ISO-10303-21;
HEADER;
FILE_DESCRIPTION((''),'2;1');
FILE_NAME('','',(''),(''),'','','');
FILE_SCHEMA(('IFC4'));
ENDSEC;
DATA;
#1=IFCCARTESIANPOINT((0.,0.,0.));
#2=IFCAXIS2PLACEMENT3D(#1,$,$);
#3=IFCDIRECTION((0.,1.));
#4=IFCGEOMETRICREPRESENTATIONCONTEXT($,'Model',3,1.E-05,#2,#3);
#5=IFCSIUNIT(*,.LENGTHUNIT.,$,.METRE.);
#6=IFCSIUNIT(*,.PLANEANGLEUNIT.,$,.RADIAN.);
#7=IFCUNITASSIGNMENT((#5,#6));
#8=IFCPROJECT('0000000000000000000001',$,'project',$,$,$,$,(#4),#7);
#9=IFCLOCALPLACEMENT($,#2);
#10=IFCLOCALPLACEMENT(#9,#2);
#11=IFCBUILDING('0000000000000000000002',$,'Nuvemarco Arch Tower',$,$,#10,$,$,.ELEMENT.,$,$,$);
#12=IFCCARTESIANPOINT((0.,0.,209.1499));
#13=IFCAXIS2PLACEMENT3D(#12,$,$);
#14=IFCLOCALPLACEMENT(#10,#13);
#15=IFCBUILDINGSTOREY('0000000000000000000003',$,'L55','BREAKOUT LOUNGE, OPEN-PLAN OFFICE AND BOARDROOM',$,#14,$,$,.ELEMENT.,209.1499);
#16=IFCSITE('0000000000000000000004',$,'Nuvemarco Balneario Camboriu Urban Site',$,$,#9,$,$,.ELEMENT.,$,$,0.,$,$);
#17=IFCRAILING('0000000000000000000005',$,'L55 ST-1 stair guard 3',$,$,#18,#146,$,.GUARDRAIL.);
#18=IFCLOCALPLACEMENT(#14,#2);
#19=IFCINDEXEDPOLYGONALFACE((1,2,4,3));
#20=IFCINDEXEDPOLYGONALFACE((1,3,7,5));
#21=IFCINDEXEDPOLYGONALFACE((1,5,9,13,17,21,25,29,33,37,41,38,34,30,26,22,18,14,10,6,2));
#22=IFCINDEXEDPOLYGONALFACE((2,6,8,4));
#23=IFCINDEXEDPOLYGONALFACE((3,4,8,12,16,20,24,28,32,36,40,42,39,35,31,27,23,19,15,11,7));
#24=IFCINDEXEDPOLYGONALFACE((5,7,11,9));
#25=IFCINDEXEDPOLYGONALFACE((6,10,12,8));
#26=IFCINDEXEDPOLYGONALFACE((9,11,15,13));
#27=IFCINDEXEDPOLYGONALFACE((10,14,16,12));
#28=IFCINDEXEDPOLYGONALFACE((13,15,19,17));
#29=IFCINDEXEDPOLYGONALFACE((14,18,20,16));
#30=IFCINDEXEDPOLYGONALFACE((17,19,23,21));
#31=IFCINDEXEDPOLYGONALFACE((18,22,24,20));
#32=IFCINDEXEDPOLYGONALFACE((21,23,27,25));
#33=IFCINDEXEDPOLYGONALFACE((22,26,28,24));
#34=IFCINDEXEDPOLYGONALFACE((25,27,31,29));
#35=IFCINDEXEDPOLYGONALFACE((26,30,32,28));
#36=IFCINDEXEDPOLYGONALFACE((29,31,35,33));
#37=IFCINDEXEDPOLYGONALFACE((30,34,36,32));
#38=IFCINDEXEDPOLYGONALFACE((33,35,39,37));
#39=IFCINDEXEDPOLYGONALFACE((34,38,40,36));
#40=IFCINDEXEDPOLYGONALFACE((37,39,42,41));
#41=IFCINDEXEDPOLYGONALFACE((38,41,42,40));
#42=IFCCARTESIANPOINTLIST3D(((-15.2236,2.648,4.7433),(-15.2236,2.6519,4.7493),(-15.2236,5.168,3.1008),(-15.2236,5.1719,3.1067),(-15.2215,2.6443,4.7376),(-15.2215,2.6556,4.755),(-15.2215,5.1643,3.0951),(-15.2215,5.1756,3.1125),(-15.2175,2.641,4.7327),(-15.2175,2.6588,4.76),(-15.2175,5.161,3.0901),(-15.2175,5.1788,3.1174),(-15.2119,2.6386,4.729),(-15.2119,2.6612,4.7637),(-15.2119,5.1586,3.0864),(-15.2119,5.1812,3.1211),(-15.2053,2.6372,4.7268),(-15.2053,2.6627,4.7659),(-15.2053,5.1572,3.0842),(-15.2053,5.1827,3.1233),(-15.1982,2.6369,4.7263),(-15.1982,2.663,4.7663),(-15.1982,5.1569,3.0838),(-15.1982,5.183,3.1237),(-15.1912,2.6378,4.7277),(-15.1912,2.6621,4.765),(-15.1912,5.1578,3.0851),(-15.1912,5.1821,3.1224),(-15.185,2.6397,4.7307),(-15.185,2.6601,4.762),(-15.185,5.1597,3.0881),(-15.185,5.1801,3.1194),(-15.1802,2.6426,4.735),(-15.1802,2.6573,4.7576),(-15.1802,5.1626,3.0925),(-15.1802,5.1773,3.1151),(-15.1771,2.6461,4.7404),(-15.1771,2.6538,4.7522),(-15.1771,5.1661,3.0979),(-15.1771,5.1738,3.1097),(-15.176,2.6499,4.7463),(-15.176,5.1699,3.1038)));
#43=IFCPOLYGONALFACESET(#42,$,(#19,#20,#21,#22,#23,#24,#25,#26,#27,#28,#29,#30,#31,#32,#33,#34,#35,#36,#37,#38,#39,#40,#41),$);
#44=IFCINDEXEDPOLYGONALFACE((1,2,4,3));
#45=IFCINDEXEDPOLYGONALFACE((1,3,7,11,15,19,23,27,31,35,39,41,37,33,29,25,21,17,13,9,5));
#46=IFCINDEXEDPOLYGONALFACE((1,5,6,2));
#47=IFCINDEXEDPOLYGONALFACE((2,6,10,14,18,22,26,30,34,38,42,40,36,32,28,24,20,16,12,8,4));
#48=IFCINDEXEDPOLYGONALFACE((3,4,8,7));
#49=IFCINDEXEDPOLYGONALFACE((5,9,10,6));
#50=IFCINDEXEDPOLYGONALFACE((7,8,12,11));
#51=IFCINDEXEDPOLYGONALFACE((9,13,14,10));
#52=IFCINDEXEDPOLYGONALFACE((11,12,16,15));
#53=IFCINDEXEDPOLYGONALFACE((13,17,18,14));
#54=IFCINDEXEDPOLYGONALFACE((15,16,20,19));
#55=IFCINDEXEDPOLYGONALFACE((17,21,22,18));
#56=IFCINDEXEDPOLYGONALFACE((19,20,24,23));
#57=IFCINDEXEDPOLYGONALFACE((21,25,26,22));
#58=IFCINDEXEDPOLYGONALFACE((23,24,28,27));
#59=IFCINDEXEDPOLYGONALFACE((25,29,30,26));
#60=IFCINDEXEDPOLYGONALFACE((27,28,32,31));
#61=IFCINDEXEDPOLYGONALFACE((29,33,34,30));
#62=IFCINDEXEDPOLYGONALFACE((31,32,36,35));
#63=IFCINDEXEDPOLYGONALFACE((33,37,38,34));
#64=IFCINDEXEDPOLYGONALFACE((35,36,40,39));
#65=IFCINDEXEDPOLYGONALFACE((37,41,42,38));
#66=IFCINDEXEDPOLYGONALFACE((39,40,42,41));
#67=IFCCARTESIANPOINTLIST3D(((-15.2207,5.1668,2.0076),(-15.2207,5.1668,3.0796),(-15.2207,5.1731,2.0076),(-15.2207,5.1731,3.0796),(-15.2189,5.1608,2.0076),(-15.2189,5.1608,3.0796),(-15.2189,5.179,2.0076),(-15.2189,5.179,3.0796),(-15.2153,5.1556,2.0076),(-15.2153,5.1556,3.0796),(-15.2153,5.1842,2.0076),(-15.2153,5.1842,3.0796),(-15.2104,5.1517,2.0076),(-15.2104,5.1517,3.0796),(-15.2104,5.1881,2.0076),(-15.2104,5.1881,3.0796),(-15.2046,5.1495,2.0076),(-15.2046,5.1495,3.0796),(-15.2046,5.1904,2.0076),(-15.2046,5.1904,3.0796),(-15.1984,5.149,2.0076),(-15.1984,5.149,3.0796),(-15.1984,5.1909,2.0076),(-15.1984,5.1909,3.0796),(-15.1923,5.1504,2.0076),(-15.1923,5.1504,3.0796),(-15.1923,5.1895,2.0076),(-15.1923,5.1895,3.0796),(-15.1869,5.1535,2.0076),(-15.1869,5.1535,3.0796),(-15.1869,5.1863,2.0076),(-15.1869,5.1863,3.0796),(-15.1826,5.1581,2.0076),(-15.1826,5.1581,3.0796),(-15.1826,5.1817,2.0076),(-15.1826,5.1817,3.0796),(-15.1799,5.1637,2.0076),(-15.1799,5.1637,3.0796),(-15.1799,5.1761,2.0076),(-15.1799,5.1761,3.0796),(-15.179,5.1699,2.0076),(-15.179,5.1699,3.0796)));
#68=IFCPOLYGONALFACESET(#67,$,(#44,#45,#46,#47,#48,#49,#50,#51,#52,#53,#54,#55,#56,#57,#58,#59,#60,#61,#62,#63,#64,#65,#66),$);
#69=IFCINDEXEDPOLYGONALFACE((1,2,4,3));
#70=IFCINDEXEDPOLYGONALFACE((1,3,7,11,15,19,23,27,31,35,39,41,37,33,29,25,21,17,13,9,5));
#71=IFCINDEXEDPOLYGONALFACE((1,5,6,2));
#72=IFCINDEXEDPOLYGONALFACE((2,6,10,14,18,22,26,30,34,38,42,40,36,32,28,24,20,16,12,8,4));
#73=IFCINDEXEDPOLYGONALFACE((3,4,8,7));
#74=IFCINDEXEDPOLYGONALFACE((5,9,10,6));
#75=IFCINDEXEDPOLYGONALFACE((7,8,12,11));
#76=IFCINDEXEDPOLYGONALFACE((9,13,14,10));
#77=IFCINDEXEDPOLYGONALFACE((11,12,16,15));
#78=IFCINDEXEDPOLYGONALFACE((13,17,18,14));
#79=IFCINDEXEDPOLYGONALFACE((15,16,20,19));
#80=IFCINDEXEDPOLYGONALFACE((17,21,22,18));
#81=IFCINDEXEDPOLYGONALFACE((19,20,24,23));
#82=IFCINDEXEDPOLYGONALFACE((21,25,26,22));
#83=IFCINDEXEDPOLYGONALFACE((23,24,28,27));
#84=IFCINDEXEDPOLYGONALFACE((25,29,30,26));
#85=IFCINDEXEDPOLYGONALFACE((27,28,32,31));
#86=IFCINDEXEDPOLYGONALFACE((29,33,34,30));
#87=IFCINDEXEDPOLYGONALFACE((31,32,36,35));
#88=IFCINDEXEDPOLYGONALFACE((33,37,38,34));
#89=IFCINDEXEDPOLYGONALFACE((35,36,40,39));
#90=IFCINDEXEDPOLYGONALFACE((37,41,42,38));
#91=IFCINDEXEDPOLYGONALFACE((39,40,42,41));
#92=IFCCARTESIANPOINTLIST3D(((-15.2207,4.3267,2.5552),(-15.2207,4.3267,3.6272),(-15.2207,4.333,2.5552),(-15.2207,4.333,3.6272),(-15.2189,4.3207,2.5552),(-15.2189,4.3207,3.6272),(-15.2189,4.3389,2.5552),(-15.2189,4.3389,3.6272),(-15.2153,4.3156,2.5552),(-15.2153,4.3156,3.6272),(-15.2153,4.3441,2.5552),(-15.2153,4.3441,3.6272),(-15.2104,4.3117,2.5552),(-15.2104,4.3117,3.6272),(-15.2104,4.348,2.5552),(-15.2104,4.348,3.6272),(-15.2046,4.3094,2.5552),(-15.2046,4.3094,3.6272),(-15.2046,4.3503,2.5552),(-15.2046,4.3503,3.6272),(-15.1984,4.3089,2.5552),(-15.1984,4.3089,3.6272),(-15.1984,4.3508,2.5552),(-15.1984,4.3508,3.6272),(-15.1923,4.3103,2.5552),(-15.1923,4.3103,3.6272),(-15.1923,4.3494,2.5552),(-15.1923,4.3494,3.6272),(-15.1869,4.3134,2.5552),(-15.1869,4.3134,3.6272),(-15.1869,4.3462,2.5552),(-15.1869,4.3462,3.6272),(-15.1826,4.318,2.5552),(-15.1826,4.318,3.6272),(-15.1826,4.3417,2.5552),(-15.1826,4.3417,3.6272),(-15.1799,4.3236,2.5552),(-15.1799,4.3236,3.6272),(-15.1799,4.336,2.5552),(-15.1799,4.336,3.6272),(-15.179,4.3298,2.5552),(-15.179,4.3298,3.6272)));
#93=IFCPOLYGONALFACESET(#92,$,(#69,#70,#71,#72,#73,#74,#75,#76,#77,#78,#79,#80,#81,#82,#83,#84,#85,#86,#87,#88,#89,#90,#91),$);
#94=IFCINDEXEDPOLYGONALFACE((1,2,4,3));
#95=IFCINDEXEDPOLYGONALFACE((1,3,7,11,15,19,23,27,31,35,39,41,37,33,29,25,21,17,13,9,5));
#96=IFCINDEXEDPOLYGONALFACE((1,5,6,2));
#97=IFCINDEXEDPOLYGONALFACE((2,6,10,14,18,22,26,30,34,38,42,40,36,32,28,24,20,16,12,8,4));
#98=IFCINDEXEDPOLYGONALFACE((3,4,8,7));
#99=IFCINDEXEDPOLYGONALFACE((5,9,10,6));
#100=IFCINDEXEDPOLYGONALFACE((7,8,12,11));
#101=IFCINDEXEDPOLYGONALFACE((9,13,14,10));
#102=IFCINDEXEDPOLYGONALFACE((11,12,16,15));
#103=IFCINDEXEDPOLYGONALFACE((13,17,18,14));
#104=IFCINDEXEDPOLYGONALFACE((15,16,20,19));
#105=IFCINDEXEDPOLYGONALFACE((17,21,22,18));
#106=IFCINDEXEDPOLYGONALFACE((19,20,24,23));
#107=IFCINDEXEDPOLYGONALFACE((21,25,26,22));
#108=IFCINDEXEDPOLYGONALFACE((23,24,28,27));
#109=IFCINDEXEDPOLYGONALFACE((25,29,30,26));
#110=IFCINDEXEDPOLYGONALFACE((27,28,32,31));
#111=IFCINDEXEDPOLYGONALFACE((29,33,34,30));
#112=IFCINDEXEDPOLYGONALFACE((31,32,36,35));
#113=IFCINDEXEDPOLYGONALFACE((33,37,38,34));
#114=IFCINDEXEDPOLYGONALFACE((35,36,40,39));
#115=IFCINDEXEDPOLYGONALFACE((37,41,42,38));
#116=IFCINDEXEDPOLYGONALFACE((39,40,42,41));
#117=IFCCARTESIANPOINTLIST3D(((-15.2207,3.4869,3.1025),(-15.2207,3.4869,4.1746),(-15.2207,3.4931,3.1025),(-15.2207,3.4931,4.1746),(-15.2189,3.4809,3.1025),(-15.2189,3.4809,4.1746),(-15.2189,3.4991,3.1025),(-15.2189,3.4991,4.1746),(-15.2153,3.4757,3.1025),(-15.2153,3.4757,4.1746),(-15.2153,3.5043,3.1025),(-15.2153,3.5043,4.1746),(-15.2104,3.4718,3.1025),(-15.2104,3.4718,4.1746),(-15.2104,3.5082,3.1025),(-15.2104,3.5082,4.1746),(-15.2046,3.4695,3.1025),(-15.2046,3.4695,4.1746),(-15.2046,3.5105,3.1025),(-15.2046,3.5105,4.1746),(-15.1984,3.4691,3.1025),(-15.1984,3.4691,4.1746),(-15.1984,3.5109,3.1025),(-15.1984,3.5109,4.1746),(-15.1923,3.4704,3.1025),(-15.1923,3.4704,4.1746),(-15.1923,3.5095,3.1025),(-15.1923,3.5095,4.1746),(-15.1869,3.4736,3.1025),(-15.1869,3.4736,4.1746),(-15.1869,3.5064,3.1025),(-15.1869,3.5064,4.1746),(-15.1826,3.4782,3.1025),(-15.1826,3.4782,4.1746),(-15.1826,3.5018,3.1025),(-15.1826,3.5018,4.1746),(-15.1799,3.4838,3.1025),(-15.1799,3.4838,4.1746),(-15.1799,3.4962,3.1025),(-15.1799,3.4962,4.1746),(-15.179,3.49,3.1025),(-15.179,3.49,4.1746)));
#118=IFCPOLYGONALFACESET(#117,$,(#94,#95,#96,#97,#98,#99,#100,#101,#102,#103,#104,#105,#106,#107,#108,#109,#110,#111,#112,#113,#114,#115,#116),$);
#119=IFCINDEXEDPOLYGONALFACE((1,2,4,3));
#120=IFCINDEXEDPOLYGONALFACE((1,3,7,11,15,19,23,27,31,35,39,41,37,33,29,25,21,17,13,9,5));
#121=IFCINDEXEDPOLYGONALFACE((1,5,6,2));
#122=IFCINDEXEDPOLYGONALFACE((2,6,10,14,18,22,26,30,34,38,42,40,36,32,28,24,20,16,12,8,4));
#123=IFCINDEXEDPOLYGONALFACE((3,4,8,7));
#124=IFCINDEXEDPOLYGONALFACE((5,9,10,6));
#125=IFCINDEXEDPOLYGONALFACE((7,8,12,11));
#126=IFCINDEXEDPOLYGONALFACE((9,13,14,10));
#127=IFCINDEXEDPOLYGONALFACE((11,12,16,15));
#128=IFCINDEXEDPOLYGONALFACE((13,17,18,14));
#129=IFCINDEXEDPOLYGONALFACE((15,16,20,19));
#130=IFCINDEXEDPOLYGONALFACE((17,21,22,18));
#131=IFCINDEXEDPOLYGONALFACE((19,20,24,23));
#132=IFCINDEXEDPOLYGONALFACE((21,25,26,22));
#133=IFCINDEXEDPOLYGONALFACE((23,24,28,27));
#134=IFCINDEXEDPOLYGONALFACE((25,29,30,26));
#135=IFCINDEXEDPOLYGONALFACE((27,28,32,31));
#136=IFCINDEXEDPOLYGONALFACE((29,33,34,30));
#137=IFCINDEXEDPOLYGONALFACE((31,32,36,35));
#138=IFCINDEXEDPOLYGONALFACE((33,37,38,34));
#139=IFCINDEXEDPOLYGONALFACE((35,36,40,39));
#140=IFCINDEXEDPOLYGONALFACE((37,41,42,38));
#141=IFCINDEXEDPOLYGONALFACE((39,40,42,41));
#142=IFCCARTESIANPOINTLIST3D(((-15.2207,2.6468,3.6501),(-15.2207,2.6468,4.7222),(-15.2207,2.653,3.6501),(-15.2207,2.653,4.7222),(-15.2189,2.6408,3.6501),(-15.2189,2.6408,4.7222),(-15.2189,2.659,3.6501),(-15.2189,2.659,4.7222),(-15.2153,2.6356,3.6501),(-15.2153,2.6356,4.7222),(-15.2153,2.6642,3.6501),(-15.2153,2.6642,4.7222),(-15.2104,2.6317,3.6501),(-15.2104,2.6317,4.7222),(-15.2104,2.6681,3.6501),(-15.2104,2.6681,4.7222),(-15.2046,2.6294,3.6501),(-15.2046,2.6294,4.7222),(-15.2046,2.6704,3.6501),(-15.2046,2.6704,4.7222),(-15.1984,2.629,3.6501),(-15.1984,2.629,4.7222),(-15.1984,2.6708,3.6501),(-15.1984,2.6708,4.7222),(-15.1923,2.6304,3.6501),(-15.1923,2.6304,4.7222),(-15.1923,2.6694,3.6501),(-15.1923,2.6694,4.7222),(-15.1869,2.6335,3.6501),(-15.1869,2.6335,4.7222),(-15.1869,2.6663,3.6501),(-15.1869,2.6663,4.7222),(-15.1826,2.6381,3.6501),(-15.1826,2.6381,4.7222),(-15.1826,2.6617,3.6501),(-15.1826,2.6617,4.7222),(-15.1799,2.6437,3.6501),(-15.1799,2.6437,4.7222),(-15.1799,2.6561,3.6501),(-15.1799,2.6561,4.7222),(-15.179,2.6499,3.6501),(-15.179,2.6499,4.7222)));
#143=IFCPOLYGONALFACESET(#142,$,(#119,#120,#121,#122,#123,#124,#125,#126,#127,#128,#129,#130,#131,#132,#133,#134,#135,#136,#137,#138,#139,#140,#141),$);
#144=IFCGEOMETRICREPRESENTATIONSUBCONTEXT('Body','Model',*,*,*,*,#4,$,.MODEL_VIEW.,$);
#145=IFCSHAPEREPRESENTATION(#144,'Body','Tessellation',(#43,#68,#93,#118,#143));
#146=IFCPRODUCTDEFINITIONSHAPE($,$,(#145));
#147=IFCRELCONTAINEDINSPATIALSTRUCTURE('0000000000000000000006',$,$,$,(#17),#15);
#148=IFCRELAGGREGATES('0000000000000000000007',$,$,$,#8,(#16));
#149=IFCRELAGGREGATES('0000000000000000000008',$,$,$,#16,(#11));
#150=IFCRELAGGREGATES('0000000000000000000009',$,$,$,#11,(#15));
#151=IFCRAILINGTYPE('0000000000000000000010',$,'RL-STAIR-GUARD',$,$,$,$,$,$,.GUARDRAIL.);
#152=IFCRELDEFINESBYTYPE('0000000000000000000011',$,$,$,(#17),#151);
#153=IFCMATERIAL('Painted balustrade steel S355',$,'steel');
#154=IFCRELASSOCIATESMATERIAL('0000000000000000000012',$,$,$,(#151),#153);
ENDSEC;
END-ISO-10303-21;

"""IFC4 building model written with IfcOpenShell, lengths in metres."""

from ifc_helpers import new_model, si_unit, direction, frame, origin, origin_2d, place, context, subcontext, project, spatial, circle, extrude, material, type_object, element, save


model = new_model("IFC4")

# Units and contexts
model_context = context("Model", 3, precision=1e-05, world=origin(), true_north=direction((0.0, 1.0)))
body_context = subcontext(model_context, "Body", "Model", "MODEL_VIEW")
ifc_project = project(units=[si_unit("LENGTHUNIT", "METRE"), si_unit("PLANEANGLEUNIT", "RADIAN")], contexts=[model_context])

# Site, building, storey
site_placement = place(None, origin())
site = spatial("IfcSite", under=ifc_project, at=site_placement, Name="Nuvemarco Balneario Camboriu Urban Site", CompositionType="ELEMENT", RefElevation=0.0)
building_placement = place(site_placement, origin())
building = spatial("IfcBuilding", under=site, at=building_placement, Name="Nuvemarco Arch Tower", CompositionType="ELEMENT")
storey_placement = place(building_placement, frame((0.0, 0.0, 209.1499)))
storey = spatial("IfcBuildingStorey", under=building, at=storey_placement, Name="L55", Description="BREAKOUT LOUNGE, OPEN-PLAN OFFICE AND BOARDROOM", CompositionType="ELEMENT", Elevation=209.1499)

# Railing
ifc_material_1 = material(Name="Painted balustrade steel S355", Category="steel")
railing_type_1 = type_object("IfcRailingType", Name="RL-STAIR-GUARD", PredefinedType="GUARDRAIL", material=ifc_material_1)
railing_1_placement = place(storey_placement, frame((-15.2, 5.1699, 2.0076)))
element("IfcRailing", 1, at=railing_1_placement, inside=storey, type_object=railing_type_1, Name="L55 ST-1 stair guard 3", PredefinedType="GUARDRAIL", context=body_context, shape_type="SweptSolid", body=[
    extrude(circle(Radius=0.0239, at=origin_2d()), frame((0.0, 0.0, 1.0962), z_axis=(0.0, -0.837749, 0.546055), x_axis=(1.0, 0.0, 0.0)), (0.0, 0.0, 1.0), 3.0081),
    extrude(circle(Radius=0.021, at=origin_2d()), origin(), (0.0, 0.0, 1.0), 1.072),
    extrude(circle(Radius=0.021, at=origin_2d()), frame((0.0, -0.8401, 0.5476)), (0.0, 0.0, 1.0), 1.072),
    extrude(circle(Radius=0.021, at=origin_2d()), frame((0.0, -1.6799, 1.095)), (0.0, 0.0, 1.0), 1.072),
    extrude(circle(Radius=0.021, at=origin_2d()), frame((0.0, -2.52, 1.6426)), (0.0, 0.0, 1.0), 1.072),
])

save(model, "model.ifc")
